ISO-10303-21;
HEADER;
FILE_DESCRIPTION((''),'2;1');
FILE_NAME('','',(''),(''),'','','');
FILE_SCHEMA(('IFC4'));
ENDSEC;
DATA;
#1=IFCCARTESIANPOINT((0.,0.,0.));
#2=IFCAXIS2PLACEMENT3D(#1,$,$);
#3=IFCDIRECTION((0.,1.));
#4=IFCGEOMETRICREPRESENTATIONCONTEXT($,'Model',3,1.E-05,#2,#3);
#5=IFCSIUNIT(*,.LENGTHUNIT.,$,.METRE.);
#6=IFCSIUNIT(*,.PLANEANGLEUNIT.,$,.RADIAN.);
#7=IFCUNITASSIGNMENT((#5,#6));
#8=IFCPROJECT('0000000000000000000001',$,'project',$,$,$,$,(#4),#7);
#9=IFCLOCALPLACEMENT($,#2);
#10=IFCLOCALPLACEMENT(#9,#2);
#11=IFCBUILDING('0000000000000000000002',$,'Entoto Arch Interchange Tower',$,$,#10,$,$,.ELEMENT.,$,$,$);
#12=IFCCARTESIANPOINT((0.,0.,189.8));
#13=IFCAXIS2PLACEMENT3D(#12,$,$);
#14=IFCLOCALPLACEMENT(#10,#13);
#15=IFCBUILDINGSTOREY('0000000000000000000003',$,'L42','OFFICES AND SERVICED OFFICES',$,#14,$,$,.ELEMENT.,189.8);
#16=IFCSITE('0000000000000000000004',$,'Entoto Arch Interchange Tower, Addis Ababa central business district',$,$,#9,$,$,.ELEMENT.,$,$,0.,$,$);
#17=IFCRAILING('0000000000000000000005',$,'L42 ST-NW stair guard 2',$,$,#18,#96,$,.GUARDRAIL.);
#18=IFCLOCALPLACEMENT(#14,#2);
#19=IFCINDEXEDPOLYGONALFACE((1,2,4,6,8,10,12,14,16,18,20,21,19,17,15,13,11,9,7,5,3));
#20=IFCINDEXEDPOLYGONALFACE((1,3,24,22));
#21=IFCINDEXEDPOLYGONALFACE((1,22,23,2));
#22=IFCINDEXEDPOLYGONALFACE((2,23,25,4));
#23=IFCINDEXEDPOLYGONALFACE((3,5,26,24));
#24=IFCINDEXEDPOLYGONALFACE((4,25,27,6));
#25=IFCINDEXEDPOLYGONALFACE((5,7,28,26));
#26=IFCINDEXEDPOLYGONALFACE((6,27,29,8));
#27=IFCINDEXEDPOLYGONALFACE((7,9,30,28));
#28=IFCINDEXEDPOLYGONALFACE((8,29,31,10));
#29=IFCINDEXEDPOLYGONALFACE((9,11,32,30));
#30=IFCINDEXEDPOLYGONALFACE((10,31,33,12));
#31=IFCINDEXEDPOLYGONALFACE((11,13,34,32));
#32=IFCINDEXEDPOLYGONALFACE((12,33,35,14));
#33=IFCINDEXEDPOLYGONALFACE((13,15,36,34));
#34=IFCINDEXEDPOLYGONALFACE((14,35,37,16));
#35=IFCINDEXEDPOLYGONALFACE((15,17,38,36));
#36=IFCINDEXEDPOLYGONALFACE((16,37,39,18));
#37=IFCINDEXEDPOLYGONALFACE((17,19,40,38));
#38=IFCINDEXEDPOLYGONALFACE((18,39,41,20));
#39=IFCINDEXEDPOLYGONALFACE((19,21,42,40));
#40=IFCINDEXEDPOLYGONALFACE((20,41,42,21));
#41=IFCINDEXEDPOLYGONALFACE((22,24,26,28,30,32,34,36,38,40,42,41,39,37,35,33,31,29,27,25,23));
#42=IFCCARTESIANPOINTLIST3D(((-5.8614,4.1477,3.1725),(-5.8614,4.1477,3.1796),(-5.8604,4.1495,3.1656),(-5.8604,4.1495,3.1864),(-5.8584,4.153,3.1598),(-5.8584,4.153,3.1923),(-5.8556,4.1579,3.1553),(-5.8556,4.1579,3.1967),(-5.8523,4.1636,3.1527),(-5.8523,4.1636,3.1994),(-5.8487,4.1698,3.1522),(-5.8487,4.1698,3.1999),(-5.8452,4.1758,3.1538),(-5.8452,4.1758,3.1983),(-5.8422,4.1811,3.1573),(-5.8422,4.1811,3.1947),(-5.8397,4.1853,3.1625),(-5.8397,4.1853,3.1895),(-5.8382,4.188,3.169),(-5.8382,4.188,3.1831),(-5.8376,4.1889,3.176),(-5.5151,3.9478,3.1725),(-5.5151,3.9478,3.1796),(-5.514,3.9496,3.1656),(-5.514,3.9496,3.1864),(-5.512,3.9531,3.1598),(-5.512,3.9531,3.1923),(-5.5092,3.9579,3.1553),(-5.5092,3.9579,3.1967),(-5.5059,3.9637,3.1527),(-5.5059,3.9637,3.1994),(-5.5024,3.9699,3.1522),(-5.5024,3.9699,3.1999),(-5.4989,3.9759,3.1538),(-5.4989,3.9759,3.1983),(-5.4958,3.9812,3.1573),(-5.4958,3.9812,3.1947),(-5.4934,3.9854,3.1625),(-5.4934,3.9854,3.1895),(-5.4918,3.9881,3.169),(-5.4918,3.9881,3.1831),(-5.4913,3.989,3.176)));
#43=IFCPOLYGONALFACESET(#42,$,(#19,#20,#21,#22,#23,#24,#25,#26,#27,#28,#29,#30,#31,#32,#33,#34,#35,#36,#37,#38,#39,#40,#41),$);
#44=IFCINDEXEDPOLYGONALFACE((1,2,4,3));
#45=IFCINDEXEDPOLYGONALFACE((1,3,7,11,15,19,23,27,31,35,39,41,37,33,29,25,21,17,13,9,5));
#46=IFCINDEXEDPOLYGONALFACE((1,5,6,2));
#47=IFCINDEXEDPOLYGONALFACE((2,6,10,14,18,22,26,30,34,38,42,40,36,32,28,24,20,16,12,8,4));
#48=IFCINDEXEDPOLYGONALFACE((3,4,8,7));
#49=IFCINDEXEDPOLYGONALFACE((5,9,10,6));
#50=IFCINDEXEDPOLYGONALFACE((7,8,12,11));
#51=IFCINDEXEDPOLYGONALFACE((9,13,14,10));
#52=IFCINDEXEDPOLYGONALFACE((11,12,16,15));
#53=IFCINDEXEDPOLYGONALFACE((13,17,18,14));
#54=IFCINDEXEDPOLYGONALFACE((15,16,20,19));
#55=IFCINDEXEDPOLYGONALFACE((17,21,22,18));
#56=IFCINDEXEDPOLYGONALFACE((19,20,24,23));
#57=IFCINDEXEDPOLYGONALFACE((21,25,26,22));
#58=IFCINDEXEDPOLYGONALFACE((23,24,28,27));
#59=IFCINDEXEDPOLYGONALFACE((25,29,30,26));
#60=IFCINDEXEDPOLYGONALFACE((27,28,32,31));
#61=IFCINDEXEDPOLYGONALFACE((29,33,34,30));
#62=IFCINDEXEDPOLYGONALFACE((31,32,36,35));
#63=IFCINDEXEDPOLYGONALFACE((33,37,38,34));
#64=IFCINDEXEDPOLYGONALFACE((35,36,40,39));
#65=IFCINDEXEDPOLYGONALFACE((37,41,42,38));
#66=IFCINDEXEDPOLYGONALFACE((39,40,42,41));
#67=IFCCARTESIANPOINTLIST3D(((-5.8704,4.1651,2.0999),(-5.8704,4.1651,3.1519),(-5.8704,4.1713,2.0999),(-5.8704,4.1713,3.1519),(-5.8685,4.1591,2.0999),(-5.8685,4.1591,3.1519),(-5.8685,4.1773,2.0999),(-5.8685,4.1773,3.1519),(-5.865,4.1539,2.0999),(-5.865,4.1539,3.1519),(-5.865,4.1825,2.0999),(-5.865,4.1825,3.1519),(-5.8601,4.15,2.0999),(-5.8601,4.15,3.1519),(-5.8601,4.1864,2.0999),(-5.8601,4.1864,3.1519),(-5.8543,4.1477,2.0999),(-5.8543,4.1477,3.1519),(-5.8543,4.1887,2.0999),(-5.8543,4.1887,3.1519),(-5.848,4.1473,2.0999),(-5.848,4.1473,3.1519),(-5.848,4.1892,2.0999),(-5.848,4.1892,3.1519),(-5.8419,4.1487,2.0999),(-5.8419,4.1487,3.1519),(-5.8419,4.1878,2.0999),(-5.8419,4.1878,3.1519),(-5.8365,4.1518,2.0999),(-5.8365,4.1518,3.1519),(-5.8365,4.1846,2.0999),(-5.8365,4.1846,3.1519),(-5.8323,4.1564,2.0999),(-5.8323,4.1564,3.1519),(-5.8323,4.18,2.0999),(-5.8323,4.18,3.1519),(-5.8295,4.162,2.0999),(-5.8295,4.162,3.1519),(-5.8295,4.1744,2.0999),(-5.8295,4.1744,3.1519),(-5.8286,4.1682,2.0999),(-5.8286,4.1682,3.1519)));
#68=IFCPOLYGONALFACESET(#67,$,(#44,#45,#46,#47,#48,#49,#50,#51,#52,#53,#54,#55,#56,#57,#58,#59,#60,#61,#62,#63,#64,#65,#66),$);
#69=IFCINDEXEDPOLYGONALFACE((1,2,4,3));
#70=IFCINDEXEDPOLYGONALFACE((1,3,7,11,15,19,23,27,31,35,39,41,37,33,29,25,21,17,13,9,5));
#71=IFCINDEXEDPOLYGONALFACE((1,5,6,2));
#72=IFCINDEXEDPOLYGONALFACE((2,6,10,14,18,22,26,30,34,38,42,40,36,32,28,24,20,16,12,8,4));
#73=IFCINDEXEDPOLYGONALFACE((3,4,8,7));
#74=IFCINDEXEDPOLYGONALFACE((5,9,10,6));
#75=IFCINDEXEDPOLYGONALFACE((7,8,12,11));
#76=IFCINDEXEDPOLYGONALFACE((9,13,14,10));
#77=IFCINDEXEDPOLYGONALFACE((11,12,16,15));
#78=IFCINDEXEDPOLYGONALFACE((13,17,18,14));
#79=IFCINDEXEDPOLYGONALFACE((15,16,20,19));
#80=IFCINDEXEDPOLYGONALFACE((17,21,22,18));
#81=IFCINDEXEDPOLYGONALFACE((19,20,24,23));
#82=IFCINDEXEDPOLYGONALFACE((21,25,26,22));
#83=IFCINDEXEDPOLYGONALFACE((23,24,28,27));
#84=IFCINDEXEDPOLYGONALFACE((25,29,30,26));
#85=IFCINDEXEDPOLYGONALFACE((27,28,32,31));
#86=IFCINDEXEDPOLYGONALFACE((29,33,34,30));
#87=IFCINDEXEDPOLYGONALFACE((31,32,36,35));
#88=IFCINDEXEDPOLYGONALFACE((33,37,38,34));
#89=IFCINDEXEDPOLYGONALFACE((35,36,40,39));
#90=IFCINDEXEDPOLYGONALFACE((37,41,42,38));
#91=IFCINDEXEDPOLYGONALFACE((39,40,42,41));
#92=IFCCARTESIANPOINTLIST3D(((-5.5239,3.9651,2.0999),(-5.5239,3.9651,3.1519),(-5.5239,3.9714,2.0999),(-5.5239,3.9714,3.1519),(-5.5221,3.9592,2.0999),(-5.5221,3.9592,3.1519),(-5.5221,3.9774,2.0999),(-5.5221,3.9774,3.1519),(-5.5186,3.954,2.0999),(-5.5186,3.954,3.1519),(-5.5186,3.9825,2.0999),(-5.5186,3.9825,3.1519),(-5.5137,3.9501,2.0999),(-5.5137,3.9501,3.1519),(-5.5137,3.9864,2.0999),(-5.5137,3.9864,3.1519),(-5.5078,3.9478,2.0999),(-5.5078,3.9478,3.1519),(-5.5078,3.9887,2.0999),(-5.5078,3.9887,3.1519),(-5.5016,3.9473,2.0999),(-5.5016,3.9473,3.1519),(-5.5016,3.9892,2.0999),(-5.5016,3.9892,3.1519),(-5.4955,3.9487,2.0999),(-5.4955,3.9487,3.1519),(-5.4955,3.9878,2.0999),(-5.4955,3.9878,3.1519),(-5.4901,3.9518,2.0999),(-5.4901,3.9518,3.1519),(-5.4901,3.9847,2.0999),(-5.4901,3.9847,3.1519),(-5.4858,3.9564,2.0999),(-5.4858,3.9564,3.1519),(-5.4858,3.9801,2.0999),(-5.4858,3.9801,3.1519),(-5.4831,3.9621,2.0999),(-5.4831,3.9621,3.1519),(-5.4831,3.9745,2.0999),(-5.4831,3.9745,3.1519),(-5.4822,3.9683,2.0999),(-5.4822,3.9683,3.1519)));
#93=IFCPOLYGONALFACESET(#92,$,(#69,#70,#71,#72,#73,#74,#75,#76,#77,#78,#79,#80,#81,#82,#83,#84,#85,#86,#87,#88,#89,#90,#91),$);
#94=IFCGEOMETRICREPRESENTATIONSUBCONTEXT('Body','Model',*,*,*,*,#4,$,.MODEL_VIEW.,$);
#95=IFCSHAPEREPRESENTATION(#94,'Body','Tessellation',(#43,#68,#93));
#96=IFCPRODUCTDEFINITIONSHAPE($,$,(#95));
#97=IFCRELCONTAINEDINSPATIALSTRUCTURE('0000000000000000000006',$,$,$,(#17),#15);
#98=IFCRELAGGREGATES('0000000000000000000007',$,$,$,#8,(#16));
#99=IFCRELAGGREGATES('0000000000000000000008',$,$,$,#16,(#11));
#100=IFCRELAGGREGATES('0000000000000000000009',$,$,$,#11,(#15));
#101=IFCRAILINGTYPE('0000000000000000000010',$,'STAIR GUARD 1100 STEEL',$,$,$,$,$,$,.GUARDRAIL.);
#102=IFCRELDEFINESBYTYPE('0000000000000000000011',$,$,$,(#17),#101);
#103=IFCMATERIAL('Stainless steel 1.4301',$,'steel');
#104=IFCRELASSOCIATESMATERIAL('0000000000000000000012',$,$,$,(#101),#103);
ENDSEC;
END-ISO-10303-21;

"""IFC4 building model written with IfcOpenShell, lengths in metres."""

from ifc_helpers import new_model, si_unit, direction, frame, origin, origin_2d, place, context, subcontext, project, spatial, circle, extrude, material, type_object, element, save


model = new_model("IFC4")

# Units and contexts
model_context = context("Model", 3, precision=1e-05, world=origin(), true_north=direction((0.0, 1.0)))
body_context = subcontext(model_context, "Body", "Model", "MODEL_VIEW")
ifc_project = project(units=[si_unit("LENGTHUNIT", "METRE"), si_unit("PLANEANGLEUNIT", "RADIAN")], contexts=[model_context])

# Site, building, storey
site_placement = place(None, origin())
site = spatial("IfcSite", under=ifc_project, at=site_placement, Name="Entoto Arch Interchange Tower, Addis Ababa central business district", CompositionType="ELEMENT", RefElevation=0.0)
building_placement = place(site_placement, origin())
building = spatial("IfcBuilding", under=site, at=building_placement, Name="Entoto Arch Interchange Tower", CompositionType="ELEMENT")
storey_placement = place(building_placement, frame((0.0, 0.0, 189.8)))
storey = spatial("IfcBuildingStorey", under=building, at=storey_placement, Name="L42", Description="OFFICES AND SERVICED OFFICES", CompositionType="ELEMENT", Elevation=189.8)

# Railing
ifc_material_1 = material(Name="Stainless steel 1.4301", Category="steel")
railing_type = type_object("IfcRailingType", Name="STAIR GUARD 1100 STEEL", PredefinedType="GUARDRAIL", material=ifc_material_1)
railing_1_placement = place(storey_placement, frame((-5.8496, 4.1682, 2.0999)))
element("IfcRailing", 1, at=railing_1_placement, inside=storey, type_object=railing_type, Name="L42 ST-NW stair guard 2", PredefinedType="GUARDRAIL", context=body_context, shape_type="SweptSolid", body=[
    extrude(circle(Radius=0.0239, at=origin_2d()), frame((0.0, 0.0, 1.0762), z_axis=(0.866094, -0.499881, 0.0), x_axis=(0.499881, 0.866094, 0.0)), (0.0, 0.0, 1.0), 0.3999),
    extrude(circle(Radius=0.021, at=origin_2d()), origin(), (0.0, 0.0, 1.0), 1.052),
    extrude(circle(Radius=0.021, at=origin_2d()), frame((0.3464, -0.2, 0.0)), (0.0, 0.0, 1.0), 1.052),
])

save(model, "model.ifc")
